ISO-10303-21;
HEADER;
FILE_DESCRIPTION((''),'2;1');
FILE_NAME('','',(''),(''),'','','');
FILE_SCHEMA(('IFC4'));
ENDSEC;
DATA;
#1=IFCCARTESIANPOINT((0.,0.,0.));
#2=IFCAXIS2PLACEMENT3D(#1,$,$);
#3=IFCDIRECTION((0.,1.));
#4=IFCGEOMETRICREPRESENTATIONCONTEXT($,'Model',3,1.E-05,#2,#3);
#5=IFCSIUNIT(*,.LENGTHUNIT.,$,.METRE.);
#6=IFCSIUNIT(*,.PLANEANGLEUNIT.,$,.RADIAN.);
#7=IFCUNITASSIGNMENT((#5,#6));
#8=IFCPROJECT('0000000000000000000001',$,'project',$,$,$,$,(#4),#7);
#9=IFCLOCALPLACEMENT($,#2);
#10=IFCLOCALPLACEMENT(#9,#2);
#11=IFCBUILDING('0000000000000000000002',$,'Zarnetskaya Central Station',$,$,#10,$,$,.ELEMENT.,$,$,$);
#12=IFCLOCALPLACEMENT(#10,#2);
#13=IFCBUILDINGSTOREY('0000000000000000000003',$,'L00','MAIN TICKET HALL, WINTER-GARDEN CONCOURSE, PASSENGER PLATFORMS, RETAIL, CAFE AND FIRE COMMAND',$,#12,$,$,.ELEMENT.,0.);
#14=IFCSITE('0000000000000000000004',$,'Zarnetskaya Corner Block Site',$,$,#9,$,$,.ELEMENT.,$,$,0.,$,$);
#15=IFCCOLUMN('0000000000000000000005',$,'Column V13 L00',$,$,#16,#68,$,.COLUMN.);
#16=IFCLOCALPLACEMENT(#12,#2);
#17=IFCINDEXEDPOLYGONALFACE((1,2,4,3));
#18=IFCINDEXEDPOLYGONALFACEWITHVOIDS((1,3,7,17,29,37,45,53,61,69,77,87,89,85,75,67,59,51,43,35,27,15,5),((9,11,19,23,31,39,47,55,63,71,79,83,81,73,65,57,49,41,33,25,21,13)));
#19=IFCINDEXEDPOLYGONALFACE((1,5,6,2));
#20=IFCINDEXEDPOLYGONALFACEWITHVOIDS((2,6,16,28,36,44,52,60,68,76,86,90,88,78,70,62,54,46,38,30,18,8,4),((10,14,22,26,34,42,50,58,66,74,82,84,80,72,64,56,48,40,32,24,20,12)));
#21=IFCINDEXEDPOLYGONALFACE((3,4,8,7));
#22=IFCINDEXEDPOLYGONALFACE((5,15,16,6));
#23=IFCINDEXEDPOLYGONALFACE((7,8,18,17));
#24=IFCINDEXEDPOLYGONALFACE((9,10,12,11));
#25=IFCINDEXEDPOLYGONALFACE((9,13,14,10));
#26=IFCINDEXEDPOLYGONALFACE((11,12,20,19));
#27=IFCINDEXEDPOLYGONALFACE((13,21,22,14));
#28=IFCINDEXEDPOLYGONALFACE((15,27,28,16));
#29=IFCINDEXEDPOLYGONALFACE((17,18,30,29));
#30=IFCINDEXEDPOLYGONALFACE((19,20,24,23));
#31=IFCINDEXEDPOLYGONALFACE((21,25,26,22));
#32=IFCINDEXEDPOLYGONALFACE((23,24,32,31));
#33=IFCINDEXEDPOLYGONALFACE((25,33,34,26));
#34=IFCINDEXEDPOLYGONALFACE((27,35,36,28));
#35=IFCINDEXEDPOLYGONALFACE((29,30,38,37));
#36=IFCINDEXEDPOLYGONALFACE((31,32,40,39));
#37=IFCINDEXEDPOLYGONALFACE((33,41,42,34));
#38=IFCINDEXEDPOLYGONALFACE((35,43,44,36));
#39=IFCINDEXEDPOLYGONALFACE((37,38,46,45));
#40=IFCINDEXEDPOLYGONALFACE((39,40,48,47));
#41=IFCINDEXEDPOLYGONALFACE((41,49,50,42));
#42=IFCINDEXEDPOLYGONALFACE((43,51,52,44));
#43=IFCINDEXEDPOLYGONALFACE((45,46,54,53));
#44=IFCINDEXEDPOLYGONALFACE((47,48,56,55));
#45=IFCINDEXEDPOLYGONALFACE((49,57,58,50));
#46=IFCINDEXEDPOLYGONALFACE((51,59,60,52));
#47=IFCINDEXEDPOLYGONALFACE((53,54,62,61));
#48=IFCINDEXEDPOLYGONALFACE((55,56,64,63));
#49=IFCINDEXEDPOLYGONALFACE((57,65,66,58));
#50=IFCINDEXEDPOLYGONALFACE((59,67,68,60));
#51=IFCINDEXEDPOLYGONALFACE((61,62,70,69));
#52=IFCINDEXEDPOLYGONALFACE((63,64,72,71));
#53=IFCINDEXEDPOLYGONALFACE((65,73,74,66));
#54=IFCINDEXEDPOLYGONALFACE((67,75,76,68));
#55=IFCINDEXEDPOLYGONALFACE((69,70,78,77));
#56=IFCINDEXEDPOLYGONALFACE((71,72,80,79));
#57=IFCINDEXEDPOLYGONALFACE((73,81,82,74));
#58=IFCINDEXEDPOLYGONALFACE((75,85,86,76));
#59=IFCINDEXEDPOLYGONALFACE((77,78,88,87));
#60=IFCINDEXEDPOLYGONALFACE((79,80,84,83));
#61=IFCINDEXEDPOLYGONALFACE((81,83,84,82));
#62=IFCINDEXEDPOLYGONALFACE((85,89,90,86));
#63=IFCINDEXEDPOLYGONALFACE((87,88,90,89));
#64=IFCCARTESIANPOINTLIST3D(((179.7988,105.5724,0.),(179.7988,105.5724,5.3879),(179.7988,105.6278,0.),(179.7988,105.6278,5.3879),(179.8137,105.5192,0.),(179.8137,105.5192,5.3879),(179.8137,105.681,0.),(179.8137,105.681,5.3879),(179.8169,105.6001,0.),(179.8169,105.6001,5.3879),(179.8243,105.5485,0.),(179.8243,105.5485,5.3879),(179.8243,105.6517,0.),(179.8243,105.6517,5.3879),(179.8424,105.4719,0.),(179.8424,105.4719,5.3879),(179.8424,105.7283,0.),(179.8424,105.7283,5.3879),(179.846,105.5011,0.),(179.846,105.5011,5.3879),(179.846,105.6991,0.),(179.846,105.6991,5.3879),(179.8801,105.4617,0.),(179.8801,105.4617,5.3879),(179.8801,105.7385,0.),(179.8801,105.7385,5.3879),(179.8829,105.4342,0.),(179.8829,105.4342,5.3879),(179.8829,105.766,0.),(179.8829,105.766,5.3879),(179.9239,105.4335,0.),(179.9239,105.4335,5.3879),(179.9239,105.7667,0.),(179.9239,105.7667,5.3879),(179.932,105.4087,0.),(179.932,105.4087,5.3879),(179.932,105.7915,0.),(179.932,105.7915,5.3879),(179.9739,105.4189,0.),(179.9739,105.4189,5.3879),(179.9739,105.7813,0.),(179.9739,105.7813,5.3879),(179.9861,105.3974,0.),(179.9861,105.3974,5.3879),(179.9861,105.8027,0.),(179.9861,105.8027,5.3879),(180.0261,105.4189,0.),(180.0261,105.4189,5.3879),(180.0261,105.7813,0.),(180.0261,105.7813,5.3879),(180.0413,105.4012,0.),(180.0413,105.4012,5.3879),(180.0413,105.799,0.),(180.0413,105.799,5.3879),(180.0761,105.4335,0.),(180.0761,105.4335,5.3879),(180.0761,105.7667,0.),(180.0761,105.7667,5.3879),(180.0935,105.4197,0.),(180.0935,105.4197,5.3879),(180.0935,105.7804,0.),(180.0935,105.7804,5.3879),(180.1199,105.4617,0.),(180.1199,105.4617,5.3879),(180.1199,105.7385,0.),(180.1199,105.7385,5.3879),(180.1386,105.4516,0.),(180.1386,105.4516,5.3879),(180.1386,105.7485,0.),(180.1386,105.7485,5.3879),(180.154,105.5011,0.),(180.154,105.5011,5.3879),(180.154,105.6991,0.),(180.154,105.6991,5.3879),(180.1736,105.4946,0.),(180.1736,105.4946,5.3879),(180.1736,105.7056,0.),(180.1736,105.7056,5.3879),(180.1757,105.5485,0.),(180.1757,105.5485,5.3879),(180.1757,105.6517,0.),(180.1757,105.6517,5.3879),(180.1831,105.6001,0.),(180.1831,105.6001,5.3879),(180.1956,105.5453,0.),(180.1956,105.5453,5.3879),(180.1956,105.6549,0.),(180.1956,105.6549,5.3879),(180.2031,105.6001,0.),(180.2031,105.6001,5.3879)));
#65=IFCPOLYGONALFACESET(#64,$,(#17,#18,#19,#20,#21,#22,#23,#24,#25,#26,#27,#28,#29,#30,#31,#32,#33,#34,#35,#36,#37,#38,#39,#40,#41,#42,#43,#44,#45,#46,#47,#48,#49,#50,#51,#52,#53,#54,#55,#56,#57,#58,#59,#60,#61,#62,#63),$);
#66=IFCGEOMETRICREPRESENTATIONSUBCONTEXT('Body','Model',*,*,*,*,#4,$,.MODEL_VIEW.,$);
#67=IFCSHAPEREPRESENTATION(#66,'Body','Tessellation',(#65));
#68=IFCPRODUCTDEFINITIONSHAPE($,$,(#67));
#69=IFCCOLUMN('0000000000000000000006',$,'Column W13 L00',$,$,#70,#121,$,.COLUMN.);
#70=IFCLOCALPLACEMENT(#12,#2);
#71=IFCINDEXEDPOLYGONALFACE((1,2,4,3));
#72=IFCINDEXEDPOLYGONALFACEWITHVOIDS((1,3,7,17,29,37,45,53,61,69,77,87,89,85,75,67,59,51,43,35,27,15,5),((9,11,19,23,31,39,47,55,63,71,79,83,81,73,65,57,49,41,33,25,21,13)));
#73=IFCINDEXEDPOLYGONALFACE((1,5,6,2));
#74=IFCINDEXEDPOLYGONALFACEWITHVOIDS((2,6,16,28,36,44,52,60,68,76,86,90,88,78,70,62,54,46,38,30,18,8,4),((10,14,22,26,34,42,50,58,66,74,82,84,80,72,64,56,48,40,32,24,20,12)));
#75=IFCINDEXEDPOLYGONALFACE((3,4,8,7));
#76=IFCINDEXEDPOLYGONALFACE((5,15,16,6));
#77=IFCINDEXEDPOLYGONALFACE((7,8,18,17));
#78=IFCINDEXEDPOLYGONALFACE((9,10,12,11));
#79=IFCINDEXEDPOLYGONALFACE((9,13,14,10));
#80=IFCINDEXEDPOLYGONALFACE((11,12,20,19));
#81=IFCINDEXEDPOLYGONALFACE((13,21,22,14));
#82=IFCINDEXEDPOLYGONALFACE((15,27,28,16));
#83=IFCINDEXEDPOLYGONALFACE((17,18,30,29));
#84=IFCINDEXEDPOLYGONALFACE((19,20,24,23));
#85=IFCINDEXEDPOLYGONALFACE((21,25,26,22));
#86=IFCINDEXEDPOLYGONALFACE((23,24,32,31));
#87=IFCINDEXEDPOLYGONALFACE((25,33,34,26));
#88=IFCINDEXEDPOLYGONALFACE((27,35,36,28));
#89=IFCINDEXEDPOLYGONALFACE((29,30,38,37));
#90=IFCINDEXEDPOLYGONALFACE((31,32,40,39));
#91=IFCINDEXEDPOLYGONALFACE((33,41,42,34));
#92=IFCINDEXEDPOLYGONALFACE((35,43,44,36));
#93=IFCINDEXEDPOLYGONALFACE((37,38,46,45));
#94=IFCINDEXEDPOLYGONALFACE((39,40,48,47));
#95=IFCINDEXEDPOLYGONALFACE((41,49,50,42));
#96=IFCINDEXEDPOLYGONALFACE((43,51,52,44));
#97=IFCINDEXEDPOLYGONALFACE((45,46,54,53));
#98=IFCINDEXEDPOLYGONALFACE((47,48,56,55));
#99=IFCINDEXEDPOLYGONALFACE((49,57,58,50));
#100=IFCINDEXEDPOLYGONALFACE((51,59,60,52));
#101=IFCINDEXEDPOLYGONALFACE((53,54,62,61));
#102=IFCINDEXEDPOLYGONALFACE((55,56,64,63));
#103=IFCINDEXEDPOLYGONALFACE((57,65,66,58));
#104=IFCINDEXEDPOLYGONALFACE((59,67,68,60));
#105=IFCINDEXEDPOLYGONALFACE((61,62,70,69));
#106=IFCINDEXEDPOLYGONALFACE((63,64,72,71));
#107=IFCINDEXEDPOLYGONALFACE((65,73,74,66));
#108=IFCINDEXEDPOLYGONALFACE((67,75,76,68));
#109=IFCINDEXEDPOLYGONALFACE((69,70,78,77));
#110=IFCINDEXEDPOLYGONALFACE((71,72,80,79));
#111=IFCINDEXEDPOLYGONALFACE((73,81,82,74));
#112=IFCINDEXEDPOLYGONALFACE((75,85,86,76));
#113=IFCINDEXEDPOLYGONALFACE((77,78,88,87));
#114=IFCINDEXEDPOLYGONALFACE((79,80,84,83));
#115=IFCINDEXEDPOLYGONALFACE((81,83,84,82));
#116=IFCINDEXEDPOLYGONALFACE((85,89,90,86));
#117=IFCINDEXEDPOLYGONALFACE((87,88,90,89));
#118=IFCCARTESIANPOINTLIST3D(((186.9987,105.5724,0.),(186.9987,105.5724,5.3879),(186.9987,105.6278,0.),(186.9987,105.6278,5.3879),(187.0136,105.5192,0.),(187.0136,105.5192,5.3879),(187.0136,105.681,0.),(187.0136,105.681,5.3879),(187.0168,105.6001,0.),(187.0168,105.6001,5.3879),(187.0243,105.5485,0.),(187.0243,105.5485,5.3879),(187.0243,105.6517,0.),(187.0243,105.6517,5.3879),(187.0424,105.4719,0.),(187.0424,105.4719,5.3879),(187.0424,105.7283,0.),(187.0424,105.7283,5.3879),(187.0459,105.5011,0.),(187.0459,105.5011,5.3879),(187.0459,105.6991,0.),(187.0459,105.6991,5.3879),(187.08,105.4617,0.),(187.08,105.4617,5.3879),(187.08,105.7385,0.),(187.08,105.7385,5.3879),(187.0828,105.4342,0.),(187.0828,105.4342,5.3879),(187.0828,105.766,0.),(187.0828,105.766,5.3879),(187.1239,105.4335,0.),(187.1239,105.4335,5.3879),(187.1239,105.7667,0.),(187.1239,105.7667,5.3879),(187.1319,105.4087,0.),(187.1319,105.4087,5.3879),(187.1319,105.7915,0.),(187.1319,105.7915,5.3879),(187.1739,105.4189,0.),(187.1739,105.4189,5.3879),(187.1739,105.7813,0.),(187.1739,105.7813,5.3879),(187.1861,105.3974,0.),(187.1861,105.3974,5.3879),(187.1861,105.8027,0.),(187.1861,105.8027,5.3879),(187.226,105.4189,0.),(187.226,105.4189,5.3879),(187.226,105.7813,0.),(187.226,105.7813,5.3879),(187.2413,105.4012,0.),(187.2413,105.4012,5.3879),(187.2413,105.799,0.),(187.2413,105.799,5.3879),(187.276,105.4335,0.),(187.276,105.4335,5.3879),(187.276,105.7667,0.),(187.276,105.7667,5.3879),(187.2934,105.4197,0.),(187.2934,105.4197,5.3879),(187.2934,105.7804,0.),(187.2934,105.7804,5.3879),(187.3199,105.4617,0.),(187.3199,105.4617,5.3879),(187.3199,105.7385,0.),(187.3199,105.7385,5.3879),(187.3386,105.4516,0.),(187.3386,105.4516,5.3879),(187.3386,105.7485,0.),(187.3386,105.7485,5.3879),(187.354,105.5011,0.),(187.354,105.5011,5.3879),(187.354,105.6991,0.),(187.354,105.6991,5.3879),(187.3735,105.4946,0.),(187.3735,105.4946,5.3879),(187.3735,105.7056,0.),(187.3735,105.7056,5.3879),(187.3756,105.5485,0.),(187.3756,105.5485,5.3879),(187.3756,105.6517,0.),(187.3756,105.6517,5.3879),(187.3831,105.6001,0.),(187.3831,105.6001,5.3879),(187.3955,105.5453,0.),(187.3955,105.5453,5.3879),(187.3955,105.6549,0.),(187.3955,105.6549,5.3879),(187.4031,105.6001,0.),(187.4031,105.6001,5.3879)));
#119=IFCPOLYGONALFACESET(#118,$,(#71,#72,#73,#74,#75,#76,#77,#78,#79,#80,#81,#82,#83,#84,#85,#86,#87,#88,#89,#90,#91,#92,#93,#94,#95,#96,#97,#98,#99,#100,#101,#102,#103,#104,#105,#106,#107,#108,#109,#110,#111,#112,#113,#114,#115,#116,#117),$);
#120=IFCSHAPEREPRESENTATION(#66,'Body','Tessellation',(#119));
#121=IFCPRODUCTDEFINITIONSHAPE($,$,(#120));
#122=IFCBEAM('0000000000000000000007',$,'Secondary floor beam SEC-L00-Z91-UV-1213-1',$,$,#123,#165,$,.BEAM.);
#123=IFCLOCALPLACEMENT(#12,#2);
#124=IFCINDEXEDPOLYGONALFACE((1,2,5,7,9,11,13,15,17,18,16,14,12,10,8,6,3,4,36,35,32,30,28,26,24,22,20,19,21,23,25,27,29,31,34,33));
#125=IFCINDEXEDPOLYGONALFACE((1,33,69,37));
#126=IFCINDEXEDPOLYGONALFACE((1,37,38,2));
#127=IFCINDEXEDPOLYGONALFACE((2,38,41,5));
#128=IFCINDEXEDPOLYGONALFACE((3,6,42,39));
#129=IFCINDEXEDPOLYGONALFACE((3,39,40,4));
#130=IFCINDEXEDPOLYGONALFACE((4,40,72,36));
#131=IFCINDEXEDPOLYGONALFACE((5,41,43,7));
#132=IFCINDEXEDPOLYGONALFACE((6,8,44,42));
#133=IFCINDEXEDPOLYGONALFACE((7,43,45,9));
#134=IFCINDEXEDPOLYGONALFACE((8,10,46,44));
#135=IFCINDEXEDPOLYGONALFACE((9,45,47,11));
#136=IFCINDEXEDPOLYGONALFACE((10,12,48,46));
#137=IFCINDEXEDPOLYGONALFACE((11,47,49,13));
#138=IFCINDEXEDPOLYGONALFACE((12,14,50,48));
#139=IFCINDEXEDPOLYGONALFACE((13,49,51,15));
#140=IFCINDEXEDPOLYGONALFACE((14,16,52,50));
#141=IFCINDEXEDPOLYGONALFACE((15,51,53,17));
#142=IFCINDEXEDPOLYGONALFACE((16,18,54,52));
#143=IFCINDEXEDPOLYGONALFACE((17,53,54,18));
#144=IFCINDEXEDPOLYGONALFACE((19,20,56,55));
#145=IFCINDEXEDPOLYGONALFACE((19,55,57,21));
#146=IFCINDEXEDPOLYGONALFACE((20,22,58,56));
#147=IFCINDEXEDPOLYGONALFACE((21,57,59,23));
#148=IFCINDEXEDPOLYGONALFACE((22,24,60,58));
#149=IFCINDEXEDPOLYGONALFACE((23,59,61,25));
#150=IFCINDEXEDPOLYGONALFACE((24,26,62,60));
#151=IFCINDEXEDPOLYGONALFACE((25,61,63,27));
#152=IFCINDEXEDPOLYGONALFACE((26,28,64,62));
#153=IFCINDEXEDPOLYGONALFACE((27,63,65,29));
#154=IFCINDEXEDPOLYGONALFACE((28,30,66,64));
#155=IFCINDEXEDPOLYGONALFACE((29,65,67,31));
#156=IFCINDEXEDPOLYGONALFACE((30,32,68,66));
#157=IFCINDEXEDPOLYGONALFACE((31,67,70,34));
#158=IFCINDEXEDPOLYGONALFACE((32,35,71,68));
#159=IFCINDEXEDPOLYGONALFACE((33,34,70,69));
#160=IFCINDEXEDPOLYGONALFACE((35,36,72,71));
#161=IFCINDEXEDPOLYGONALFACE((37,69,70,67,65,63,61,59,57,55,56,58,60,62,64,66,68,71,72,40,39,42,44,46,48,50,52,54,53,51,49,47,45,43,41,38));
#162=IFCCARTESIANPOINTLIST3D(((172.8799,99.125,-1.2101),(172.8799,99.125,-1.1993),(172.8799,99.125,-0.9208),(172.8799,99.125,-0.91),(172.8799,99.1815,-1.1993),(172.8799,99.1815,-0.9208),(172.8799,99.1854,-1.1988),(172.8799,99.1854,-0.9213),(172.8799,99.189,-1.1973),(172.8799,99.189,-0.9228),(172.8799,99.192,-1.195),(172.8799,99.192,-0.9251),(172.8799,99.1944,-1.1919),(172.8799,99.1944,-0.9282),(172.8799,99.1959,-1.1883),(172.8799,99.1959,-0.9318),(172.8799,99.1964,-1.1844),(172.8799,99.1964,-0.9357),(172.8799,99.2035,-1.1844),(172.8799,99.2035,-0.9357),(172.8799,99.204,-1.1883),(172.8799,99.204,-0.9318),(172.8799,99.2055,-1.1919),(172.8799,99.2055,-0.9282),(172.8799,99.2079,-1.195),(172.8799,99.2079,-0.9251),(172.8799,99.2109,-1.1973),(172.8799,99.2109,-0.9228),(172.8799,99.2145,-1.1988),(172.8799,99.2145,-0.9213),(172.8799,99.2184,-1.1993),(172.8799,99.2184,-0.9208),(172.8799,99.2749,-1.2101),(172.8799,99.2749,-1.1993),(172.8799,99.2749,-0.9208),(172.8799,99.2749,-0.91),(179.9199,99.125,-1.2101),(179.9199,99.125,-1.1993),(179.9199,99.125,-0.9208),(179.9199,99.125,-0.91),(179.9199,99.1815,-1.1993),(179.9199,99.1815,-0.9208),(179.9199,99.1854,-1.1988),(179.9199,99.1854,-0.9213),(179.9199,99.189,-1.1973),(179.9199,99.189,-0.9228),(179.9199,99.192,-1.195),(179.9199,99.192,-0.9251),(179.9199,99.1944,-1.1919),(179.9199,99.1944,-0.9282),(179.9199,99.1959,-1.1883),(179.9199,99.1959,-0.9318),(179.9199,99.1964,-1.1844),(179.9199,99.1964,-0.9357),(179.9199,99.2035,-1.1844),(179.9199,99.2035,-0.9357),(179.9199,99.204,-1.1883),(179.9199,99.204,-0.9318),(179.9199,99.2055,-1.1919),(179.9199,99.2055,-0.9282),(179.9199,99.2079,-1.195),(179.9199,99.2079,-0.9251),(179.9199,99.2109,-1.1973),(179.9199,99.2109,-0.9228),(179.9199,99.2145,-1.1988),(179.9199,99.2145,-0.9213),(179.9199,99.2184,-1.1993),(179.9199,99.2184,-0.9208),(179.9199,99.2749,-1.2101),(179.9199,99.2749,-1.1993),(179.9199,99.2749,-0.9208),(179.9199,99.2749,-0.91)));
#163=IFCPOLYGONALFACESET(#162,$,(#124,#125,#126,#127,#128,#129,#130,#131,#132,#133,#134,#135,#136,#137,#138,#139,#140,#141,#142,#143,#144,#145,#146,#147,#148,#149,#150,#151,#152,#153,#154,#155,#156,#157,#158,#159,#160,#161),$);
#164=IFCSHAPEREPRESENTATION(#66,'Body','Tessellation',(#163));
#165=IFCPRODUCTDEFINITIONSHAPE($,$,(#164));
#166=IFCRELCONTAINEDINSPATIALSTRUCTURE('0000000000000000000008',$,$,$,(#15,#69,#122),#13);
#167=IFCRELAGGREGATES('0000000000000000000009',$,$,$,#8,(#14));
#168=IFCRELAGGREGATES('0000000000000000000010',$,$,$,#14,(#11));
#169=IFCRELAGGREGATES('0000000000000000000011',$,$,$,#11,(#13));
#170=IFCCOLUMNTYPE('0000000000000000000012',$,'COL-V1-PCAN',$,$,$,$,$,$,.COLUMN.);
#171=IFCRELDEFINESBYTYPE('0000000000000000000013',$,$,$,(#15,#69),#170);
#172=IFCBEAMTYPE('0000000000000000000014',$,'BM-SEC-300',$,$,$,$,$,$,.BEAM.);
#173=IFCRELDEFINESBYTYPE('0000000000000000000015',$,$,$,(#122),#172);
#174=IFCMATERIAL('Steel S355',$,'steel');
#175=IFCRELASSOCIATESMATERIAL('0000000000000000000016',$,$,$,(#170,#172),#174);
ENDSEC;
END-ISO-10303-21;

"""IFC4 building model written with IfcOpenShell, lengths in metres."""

from ifc_helpers import new_model, si_unit, direction, frame, origin, origin_2d, place, context, subcontext, project, spatial, hollow_circle, i_section, extrude, material, material_profile, profile_set, type_object, element, save


model = new_model("IFC4")

# Units and contexts
model_context = context("Model", 3, precision=1e-05, world=origin(), true_north=direction((0.0, 1.0)))
body_context = subcontext(model_context, "Body", "Model", "MODEL_VIEW")
ifc_project = project(units=[si_unit("LENGTHUNIT", "METRE"), si_unit("PLANEANGLEUNIT", "RADIAN")], contexts=[model_context])

# Site, building, storey
site_placement = place(None, origin())
site = spatial("IfcSite", under=ifc_project, at=site_placement, Name="Zarnetskaya Corner Block Site", CompositionType="ELEMENT", RefElevation=0.0)
building_placement = place(site_placement, origin())
building = spatial("IfcBuilding", under=site, at=building_placement, Name="Zarnetskaya Central Station", CompositionType="ELEMENT")
storey_placement = place(building_placement, origin())
storey = spatial("IfcBuildingStorey", under=building, at=storey_placement, Name="L00", Description="MAIN TICKET HALL, WINTER-GARDEN CONCOURSE, PASSENGER PLATFORMS, RETAIL, CAFE AND FIRE COMMAND", CompositionType="ELEMENT", Elevation=0.0)

# Columns
ifc_material = material(Name="Steel S355", Category="steel")
ifc_material_profile_1 = material_profile(ifc_material, hollow_circle(Radius=0.2031, WallThickness=0.02, at=origin_2d()), Name="CHS 406.4x20")
ifc_profile_set_1 = profile_set([ifc_material_profile_1], Name="Steel S355")
column_type = type_object("IfcColumnType", Name="COL-V1-PCAN", PredefinedType="COLUMN", material=ifc_profile_set_1)
for number, where, z_axis, x_axis, name in (
    (1, (180.0, 105.6001, 0.0), (0.0, 0.0, 1.0), (1.0, 0.0, 0.0), "Column V13 L00"),
    (2, (187.2, 105.6001, 0.0), (0.0, 0.0, 1.0), (1.0, 0.0, 0.0), "Column W13 L00"),
):
    element("IfcColumn", number, at=place(storey_placement, frame(where, z_axis=z_axis, x_axis=x_axis)), inside=storey, type_object=column_type, Name=name, PredefinedType="COLUMN", context=body_context, shape_type="SweptSolid", body=[
        extrude(hollow_circle(Radius=0.2031, WallThickness=0.02, at=origin_2d()), origin(), (0.0, 0.0, 1.0), 5.3879),
    ])

# Beam
ifc_material_profile_2 = material_profile(ifc_material, i_section(OverallWidth=0.1499, OverallDepth=0.3, WebThickness=0.0071, FlangeThickness=0.0107, FilletRadius=0.0149, at=origin_2d()), Name="IPE 300")
ifc_profile_set_2 = profile_set([ifc_material_profile_2], Name="Steel S355")
beam_type_1 = type_object("IfcBeamType", Name="BM-SEC-300", PredefinedType="BEAM", material=ifc_profile_set_2)
for number, where, z_axis, x_axis, name in (
    (3, (172.8799, 99.2, -1.0601), (1.0, 0.0, 0.0), (0.0, 1.0, 0.0), "Secondary floor beam SEC-L00-Z91-UV-1213-1"),
):
    element("IfcBeam", number, at=place(storey_placement, frame(where, z_axis=z_axis, x_axis=x_axis)), inside=storey, type_object=beam_type_1, Name=name, PredefinedType="BEAM", context=body_context, shape_type="SweptSolid", body=[
        extrude(i_section(OverallWidth=0.1499, OverallDepth=0.3, WebThickness=0.0071, FlangeThickness=0.0107, FilletRadius=0.0149, at=origin_2d()), origin(), (0.0, 0.0, 1.0), 7.04),
    ])

save(model, "model.ifc")
